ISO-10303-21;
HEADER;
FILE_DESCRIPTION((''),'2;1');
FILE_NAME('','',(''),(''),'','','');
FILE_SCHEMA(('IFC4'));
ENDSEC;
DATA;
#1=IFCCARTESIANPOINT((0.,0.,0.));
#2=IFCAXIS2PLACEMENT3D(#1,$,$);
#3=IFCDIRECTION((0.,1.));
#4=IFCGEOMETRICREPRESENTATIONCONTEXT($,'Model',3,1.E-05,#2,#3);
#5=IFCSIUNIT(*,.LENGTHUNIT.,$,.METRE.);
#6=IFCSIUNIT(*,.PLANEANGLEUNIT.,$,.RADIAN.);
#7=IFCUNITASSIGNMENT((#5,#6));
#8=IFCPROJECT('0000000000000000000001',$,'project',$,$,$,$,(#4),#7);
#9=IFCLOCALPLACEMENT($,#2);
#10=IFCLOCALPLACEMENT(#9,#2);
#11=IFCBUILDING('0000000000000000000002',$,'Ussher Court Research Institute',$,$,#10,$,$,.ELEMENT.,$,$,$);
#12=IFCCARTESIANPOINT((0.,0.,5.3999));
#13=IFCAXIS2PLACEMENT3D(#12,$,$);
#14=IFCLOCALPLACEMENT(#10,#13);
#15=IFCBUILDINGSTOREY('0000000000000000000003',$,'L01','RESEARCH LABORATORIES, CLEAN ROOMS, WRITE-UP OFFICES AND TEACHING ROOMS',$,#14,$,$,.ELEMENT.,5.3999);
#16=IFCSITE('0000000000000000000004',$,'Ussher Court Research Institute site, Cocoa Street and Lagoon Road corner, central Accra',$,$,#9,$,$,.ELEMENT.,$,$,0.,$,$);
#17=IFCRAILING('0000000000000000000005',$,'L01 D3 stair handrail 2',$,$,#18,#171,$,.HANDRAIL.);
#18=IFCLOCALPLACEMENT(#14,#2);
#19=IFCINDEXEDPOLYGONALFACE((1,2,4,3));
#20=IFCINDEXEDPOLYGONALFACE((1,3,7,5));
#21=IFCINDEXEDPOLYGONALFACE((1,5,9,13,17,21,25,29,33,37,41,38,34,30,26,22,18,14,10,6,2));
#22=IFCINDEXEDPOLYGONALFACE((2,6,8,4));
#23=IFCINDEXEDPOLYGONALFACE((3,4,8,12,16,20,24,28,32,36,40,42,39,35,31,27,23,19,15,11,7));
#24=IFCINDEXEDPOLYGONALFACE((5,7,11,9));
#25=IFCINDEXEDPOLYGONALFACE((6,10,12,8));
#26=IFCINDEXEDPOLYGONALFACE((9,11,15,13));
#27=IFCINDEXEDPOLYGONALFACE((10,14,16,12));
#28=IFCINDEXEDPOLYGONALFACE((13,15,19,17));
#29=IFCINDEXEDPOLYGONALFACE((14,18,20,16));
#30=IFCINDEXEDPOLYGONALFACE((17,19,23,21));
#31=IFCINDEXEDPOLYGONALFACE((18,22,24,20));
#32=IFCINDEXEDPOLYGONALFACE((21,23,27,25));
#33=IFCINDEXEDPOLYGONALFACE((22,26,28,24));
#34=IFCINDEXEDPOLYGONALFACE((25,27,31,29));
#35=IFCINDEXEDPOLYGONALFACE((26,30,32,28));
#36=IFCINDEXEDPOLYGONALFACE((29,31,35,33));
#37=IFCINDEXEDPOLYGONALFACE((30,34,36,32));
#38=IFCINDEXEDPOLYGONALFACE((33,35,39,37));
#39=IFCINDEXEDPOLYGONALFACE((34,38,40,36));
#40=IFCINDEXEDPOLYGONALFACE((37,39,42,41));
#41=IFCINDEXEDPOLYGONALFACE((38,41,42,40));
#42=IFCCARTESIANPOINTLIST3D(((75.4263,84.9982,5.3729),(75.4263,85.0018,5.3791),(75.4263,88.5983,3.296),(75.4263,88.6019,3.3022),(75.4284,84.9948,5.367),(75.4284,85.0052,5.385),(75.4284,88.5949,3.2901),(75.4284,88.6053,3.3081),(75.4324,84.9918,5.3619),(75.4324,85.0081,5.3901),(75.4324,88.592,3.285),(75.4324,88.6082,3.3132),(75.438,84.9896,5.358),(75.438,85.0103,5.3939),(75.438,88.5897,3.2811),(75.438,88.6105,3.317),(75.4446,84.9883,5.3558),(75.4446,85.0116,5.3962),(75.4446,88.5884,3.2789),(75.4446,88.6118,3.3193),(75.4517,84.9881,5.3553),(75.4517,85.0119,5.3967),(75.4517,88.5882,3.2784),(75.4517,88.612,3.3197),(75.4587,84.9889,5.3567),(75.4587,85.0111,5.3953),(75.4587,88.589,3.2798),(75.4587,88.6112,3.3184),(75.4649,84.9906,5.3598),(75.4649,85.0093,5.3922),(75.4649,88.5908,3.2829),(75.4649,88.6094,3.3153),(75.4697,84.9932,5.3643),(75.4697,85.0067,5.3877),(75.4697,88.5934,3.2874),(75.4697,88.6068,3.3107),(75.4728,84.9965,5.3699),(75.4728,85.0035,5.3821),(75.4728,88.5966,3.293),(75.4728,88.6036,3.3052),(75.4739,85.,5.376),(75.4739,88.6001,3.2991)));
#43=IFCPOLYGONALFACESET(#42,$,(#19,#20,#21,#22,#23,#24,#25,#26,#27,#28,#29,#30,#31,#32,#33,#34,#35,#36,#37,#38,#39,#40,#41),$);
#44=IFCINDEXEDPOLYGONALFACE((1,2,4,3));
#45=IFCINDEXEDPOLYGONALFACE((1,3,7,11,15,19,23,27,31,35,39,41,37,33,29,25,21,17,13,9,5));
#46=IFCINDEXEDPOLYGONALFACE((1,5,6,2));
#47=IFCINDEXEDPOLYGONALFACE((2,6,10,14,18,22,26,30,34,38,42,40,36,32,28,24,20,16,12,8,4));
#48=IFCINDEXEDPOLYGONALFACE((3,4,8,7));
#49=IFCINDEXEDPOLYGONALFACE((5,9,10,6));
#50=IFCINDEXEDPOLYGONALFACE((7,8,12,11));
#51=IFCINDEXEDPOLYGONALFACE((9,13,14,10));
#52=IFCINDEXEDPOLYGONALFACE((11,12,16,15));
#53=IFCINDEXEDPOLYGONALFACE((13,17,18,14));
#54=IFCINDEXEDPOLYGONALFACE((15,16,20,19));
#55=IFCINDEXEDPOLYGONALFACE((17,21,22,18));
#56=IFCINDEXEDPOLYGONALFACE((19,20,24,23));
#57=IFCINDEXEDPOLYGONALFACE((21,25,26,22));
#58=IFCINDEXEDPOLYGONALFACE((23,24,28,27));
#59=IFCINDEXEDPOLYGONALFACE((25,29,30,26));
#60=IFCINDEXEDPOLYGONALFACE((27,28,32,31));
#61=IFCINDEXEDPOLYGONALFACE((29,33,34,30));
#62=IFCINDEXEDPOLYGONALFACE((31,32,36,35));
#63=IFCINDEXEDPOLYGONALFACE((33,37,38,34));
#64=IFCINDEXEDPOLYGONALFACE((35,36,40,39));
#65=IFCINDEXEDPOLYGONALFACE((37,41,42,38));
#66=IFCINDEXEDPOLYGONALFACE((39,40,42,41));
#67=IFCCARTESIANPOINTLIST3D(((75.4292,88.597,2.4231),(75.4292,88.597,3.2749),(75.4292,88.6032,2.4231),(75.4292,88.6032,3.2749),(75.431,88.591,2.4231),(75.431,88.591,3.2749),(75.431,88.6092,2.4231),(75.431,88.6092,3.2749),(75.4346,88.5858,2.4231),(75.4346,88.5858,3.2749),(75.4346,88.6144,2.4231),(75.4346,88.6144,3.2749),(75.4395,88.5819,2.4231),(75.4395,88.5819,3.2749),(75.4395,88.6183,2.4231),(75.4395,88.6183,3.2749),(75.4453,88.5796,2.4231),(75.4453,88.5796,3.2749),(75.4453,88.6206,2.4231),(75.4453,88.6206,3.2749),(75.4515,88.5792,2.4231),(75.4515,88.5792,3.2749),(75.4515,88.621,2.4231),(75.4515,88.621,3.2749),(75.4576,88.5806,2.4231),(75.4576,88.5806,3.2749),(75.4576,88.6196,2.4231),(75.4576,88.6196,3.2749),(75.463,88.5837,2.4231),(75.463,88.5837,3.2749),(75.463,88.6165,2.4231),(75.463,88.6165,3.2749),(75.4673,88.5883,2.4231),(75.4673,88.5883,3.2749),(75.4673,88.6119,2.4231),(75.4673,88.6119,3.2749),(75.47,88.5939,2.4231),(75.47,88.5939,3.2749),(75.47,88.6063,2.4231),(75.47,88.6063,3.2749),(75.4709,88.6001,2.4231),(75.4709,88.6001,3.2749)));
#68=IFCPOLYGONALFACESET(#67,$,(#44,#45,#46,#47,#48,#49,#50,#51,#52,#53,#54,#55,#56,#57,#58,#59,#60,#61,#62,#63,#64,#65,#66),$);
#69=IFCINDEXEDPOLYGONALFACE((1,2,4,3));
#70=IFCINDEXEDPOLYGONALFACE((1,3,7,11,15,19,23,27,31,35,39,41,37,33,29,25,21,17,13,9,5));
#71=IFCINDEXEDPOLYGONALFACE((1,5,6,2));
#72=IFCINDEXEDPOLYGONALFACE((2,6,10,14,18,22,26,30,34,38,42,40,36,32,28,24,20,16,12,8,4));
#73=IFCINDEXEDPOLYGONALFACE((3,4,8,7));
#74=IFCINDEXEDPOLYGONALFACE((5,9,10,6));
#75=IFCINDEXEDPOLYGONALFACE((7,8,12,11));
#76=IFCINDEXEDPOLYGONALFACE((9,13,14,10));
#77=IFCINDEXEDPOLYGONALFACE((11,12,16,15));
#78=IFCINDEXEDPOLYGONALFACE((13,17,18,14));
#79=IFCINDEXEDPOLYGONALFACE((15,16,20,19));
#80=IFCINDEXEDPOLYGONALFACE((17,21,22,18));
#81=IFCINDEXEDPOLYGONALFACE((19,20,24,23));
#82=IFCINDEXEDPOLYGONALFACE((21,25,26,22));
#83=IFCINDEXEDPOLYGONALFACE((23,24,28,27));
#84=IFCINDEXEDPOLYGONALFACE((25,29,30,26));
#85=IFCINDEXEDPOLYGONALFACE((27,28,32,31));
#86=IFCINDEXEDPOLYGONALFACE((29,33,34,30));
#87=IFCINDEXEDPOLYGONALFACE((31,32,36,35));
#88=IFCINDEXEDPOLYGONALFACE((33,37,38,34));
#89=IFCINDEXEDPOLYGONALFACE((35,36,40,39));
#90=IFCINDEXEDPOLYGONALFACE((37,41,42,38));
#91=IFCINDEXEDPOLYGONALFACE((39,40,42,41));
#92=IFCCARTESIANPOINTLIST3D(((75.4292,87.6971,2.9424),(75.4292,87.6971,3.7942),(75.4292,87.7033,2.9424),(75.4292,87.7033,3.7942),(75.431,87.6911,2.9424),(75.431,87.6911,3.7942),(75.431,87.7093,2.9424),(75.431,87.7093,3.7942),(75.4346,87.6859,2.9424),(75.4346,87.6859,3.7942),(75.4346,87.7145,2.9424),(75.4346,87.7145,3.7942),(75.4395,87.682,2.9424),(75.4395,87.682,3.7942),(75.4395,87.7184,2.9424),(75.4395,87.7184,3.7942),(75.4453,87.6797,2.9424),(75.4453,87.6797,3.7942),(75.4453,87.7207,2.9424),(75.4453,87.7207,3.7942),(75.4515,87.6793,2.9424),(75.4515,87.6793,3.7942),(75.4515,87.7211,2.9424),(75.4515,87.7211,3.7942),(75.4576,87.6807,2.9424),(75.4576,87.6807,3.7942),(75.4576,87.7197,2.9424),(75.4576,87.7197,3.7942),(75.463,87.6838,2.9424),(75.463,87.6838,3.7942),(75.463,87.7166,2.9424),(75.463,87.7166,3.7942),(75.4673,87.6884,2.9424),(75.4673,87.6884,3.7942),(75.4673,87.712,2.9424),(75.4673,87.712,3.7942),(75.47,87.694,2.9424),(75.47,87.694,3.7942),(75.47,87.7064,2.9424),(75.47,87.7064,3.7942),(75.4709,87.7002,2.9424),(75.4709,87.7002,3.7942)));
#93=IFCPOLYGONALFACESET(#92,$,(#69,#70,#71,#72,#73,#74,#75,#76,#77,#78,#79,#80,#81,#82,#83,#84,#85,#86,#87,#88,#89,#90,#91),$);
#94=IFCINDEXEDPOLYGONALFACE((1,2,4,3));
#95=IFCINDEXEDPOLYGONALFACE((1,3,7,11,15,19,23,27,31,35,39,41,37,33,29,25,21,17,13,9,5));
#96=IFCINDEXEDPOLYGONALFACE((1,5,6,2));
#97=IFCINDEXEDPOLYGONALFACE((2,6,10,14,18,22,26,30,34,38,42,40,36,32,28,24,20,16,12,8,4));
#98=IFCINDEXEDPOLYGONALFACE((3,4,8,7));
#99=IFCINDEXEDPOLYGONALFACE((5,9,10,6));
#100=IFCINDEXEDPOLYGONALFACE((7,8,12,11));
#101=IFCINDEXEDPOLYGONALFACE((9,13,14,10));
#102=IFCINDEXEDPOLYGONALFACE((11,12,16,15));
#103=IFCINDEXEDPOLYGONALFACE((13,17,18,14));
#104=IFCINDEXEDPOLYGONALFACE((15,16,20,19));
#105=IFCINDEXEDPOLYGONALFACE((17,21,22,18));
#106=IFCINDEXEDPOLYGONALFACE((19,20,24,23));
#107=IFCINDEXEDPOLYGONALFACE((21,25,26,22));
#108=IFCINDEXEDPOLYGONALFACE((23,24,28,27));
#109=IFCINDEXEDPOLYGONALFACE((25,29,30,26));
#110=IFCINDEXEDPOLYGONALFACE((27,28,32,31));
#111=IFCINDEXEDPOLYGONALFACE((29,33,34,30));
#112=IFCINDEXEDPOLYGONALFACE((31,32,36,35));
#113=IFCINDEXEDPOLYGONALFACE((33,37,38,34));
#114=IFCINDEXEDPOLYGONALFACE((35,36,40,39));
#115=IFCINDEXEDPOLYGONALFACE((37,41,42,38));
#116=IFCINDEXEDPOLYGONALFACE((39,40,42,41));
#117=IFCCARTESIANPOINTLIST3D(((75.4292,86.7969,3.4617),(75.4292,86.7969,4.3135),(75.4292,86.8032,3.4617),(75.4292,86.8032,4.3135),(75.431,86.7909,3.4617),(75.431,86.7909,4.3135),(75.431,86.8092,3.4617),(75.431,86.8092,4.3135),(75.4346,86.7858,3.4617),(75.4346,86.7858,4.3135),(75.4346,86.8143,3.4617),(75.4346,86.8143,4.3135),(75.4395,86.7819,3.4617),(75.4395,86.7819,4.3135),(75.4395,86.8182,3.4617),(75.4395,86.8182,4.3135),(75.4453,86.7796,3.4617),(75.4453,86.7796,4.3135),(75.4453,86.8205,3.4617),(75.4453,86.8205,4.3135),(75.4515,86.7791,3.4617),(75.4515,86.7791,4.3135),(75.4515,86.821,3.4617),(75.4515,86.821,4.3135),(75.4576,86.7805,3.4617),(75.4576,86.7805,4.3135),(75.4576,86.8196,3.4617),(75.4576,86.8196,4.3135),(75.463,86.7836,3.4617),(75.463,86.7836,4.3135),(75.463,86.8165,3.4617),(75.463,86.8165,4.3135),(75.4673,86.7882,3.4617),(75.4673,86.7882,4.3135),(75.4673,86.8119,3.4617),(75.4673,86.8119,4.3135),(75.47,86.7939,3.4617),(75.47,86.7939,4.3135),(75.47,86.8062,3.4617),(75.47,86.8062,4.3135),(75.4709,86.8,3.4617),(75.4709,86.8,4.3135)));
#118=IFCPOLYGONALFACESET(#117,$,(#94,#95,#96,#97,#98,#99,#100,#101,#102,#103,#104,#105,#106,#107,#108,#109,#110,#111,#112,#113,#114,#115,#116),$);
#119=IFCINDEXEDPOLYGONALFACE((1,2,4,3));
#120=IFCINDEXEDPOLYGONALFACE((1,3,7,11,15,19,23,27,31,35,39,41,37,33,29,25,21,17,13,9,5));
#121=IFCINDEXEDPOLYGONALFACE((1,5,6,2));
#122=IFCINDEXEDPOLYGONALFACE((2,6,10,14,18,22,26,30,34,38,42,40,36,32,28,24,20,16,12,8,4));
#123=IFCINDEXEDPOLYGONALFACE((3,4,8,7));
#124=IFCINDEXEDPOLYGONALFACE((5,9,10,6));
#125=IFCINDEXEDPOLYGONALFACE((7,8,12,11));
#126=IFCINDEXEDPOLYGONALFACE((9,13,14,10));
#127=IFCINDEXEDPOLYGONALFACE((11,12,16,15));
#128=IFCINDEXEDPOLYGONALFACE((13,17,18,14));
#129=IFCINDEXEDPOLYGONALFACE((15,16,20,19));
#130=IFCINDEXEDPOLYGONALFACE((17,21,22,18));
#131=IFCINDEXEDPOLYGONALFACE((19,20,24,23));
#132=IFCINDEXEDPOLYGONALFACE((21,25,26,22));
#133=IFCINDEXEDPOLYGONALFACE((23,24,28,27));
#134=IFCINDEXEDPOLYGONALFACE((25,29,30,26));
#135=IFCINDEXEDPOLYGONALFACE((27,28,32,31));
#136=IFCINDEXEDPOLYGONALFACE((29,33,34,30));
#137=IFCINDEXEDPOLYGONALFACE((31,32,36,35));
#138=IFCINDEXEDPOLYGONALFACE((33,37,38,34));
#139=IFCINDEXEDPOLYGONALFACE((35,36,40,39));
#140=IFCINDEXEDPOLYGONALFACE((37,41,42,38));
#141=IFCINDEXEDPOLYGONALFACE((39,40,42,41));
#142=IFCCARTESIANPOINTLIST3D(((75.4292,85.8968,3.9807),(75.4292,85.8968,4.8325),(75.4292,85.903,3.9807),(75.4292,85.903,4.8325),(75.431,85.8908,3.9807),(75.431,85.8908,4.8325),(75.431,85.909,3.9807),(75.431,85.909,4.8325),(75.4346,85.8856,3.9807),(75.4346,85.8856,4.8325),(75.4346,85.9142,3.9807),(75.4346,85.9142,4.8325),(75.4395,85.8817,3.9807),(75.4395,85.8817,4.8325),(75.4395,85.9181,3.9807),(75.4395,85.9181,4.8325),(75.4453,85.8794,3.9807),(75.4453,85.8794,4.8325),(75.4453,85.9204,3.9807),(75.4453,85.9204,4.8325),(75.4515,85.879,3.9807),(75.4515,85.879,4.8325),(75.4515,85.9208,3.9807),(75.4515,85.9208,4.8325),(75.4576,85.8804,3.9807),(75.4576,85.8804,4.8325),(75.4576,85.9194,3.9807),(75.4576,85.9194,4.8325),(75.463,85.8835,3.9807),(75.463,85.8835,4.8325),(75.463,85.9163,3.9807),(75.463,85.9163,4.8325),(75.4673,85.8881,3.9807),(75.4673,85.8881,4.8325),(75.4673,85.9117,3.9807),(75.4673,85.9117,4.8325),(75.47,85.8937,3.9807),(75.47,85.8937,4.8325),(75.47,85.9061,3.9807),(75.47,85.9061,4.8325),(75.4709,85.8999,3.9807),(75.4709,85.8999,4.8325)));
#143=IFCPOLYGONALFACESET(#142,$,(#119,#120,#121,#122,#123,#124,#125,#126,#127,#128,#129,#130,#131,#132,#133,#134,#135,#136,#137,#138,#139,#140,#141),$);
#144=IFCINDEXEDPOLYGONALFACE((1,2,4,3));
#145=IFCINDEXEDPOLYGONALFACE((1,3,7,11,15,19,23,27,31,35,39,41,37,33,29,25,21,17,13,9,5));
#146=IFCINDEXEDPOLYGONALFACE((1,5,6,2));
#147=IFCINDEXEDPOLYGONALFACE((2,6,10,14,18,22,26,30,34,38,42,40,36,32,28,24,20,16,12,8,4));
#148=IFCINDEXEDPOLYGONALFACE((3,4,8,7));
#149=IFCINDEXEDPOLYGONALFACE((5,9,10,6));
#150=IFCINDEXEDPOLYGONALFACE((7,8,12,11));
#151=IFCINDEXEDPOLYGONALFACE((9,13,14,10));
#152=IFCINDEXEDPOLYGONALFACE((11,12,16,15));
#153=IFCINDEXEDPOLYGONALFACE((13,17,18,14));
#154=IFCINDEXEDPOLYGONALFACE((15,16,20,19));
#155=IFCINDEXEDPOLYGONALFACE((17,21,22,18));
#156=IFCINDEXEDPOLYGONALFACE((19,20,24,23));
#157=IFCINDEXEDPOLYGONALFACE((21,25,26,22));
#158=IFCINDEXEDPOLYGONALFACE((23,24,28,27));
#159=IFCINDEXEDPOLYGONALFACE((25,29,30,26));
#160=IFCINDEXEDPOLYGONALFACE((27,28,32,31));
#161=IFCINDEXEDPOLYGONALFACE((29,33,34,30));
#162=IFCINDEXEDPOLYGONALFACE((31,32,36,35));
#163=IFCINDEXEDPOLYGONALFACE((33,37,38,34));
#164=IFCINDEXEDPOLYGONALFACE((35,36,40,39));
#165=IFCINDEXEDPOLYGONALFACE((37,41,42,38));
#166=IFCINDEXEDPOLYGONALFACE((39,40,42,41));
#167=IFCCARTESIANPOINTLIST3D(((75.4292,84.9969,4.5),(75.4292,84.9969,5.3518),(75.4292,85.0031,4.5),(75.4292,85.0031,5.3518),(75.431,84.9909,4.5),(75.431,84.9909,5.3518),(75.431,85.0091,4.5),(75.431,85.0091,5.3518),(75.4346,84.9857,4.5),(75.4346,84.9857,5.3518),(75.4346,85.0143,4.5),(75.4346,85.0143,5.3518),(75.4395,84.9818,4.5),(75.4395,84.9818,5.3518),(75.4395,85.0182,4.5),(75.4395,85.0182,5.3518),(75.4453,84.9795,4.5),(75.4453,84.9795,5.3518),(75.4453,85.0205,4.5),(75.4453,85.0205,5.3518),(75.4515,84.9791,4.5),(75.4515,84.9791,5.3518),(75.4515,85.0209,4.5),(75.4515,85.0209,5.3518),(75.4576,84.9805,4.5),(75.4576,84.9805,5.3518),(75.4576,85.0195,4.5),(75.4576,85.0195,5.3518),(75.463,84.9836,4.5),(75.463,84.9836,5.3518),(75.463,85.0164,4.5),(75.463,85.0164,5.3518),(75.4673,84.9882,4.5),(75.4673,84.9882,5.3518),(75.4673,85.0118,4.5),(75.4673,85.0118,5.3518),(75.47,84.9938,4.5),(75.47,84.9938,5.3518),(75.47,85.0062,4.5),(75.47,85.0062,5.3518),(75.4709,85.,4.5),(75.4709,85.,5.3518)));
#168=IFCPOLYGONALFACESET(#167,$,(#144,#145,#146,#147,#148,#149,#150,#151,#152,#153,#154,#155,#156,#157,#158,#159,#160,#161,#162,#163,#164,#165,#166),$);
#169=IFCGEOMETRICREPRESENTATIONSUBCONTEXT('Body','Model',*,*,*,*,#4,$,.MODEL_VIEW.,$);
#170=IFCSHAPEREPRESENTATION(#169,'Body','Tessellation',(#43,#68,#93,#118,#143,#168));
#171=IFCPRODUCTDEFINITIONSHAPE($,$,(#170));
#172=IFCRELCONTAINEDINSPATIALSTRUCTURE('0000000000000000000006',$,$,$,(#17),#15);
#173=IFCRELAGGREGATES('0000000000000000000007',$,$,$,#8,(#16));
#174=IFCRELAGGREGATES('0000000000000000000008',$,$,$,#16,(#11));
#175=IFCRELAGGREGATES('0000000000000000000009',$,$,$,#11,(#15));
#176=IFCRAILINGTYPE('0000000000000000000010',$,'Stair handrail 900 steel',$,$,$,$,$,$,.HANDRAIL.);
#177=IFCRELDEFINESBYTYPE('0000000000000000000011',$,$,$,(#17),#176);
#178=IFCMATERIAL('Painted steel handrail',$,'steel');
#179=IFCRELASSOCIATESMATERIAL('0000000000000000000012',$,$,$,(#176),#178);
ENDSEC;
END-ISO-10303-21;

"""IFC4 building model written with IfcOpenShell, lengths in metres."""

from ifc_helpers import new_model, si_unit, direction, frame, origin, origin_2d, place, context, subcontext, project, spatial, circle, extrude, material, type_object, element, save


model = new_model("IFC4")

# Units and contexts
model_context = context("Model", 3, precision=1e-05, world=origin(), true_north=direction((0.0, 1.0)))
body_context = subcontext(model_context, "Body", "Model", "MODEL_VIEW")
ifc_project = project(units=[si_unit("LENGTHUNIT", "METRE"), si_unit("PLANEANGLEUNIT", "RADIAN")], contexts=[model_context])

# Site, building, storey
site_placement = place(None, origin())
site = spatial("IfcSite", under=ifc_project, at=site_placement, Name="Ussher Court Research Institute site, Cocoa Street and Lagoon Road corner, central Accra", CompositionType="ELEMENT", RefElevation=0.0)
building_placement = place(site_placement, origin())
building = spatial("IfcBuilding", under=site, at=building_placement, Name="Ussher Court Research Institute", CompositionType="ELEMENT")
storey_placement = place(building_placement, frame((0.0, 0.0, 5.3999)))
storey = spatial("IfcBuildingStorey", under=building, at=storey_placement, Name="L01", Description="RESEARCH LABORATORIES, CLEAN ROOMS, WRITE-UP OFFICES AND TEACHING ROOMS", CompositionType="ELEMENT", Elevation=5.3999)

# Railing
ifc_material_1 = material(Name="Painted steel handrail", Category="steel")
railing_type_1 = type_object("IfcRailingType", Name="Stair handrail 900 steel", PredefinedType="HANDRAIL", material=ifc_material_1)
railing_1_placement = place(storey_placement, frame((75.45, 88.6001, 2.4231)))
element("IfcRailing", 1, at=railing_1_placement, inside=storey, type_object=railing_type_1, Name="L01 D3 stair handrail 2", PredefinedType="HANDRAIL", context=body_context, shape_type="SweptSolid", body=[
    extrude(circle(Radius=0.0239, at=origin_2d()), frame((0.0, 0.0, 0.876), z_axis=(0.0, -0.866193, 0.499709), x_axis=(1.0, 0.0, 0.0)), (0.0, 0.0, 1.0), 4.1562),
    extrude(circle(Radius=0.021, at=origin_2d()), origin(), (0.0, 0.0, 1.0), 0.8518),
    extrude(circle(Radius=0.021, at=origin_2d()), frame((0.0, -0.8999, 0.5193)), (0.0, 0.0, 1.0), 0.8518),
    extrude(circle(Radius=0.021, at=origin_2d()), frame((0.0, -1.8, 1.0386)), (0.0, 0.0, 1.0), 0.8518),
    extrude(circle(Radius=0.021, at=origin_2d()), frame((0.0, -2.7002, 1.5576)), (0.0, 0.0, 1.0), 0.8518),
    extrude(circle(Radius=0.021, at=origin_2d()), frame((0.0, -3.6001, 2.0769)), (0.0, 0.0, 1.0), 0.8518),
])

save(model, "model.ifc")
